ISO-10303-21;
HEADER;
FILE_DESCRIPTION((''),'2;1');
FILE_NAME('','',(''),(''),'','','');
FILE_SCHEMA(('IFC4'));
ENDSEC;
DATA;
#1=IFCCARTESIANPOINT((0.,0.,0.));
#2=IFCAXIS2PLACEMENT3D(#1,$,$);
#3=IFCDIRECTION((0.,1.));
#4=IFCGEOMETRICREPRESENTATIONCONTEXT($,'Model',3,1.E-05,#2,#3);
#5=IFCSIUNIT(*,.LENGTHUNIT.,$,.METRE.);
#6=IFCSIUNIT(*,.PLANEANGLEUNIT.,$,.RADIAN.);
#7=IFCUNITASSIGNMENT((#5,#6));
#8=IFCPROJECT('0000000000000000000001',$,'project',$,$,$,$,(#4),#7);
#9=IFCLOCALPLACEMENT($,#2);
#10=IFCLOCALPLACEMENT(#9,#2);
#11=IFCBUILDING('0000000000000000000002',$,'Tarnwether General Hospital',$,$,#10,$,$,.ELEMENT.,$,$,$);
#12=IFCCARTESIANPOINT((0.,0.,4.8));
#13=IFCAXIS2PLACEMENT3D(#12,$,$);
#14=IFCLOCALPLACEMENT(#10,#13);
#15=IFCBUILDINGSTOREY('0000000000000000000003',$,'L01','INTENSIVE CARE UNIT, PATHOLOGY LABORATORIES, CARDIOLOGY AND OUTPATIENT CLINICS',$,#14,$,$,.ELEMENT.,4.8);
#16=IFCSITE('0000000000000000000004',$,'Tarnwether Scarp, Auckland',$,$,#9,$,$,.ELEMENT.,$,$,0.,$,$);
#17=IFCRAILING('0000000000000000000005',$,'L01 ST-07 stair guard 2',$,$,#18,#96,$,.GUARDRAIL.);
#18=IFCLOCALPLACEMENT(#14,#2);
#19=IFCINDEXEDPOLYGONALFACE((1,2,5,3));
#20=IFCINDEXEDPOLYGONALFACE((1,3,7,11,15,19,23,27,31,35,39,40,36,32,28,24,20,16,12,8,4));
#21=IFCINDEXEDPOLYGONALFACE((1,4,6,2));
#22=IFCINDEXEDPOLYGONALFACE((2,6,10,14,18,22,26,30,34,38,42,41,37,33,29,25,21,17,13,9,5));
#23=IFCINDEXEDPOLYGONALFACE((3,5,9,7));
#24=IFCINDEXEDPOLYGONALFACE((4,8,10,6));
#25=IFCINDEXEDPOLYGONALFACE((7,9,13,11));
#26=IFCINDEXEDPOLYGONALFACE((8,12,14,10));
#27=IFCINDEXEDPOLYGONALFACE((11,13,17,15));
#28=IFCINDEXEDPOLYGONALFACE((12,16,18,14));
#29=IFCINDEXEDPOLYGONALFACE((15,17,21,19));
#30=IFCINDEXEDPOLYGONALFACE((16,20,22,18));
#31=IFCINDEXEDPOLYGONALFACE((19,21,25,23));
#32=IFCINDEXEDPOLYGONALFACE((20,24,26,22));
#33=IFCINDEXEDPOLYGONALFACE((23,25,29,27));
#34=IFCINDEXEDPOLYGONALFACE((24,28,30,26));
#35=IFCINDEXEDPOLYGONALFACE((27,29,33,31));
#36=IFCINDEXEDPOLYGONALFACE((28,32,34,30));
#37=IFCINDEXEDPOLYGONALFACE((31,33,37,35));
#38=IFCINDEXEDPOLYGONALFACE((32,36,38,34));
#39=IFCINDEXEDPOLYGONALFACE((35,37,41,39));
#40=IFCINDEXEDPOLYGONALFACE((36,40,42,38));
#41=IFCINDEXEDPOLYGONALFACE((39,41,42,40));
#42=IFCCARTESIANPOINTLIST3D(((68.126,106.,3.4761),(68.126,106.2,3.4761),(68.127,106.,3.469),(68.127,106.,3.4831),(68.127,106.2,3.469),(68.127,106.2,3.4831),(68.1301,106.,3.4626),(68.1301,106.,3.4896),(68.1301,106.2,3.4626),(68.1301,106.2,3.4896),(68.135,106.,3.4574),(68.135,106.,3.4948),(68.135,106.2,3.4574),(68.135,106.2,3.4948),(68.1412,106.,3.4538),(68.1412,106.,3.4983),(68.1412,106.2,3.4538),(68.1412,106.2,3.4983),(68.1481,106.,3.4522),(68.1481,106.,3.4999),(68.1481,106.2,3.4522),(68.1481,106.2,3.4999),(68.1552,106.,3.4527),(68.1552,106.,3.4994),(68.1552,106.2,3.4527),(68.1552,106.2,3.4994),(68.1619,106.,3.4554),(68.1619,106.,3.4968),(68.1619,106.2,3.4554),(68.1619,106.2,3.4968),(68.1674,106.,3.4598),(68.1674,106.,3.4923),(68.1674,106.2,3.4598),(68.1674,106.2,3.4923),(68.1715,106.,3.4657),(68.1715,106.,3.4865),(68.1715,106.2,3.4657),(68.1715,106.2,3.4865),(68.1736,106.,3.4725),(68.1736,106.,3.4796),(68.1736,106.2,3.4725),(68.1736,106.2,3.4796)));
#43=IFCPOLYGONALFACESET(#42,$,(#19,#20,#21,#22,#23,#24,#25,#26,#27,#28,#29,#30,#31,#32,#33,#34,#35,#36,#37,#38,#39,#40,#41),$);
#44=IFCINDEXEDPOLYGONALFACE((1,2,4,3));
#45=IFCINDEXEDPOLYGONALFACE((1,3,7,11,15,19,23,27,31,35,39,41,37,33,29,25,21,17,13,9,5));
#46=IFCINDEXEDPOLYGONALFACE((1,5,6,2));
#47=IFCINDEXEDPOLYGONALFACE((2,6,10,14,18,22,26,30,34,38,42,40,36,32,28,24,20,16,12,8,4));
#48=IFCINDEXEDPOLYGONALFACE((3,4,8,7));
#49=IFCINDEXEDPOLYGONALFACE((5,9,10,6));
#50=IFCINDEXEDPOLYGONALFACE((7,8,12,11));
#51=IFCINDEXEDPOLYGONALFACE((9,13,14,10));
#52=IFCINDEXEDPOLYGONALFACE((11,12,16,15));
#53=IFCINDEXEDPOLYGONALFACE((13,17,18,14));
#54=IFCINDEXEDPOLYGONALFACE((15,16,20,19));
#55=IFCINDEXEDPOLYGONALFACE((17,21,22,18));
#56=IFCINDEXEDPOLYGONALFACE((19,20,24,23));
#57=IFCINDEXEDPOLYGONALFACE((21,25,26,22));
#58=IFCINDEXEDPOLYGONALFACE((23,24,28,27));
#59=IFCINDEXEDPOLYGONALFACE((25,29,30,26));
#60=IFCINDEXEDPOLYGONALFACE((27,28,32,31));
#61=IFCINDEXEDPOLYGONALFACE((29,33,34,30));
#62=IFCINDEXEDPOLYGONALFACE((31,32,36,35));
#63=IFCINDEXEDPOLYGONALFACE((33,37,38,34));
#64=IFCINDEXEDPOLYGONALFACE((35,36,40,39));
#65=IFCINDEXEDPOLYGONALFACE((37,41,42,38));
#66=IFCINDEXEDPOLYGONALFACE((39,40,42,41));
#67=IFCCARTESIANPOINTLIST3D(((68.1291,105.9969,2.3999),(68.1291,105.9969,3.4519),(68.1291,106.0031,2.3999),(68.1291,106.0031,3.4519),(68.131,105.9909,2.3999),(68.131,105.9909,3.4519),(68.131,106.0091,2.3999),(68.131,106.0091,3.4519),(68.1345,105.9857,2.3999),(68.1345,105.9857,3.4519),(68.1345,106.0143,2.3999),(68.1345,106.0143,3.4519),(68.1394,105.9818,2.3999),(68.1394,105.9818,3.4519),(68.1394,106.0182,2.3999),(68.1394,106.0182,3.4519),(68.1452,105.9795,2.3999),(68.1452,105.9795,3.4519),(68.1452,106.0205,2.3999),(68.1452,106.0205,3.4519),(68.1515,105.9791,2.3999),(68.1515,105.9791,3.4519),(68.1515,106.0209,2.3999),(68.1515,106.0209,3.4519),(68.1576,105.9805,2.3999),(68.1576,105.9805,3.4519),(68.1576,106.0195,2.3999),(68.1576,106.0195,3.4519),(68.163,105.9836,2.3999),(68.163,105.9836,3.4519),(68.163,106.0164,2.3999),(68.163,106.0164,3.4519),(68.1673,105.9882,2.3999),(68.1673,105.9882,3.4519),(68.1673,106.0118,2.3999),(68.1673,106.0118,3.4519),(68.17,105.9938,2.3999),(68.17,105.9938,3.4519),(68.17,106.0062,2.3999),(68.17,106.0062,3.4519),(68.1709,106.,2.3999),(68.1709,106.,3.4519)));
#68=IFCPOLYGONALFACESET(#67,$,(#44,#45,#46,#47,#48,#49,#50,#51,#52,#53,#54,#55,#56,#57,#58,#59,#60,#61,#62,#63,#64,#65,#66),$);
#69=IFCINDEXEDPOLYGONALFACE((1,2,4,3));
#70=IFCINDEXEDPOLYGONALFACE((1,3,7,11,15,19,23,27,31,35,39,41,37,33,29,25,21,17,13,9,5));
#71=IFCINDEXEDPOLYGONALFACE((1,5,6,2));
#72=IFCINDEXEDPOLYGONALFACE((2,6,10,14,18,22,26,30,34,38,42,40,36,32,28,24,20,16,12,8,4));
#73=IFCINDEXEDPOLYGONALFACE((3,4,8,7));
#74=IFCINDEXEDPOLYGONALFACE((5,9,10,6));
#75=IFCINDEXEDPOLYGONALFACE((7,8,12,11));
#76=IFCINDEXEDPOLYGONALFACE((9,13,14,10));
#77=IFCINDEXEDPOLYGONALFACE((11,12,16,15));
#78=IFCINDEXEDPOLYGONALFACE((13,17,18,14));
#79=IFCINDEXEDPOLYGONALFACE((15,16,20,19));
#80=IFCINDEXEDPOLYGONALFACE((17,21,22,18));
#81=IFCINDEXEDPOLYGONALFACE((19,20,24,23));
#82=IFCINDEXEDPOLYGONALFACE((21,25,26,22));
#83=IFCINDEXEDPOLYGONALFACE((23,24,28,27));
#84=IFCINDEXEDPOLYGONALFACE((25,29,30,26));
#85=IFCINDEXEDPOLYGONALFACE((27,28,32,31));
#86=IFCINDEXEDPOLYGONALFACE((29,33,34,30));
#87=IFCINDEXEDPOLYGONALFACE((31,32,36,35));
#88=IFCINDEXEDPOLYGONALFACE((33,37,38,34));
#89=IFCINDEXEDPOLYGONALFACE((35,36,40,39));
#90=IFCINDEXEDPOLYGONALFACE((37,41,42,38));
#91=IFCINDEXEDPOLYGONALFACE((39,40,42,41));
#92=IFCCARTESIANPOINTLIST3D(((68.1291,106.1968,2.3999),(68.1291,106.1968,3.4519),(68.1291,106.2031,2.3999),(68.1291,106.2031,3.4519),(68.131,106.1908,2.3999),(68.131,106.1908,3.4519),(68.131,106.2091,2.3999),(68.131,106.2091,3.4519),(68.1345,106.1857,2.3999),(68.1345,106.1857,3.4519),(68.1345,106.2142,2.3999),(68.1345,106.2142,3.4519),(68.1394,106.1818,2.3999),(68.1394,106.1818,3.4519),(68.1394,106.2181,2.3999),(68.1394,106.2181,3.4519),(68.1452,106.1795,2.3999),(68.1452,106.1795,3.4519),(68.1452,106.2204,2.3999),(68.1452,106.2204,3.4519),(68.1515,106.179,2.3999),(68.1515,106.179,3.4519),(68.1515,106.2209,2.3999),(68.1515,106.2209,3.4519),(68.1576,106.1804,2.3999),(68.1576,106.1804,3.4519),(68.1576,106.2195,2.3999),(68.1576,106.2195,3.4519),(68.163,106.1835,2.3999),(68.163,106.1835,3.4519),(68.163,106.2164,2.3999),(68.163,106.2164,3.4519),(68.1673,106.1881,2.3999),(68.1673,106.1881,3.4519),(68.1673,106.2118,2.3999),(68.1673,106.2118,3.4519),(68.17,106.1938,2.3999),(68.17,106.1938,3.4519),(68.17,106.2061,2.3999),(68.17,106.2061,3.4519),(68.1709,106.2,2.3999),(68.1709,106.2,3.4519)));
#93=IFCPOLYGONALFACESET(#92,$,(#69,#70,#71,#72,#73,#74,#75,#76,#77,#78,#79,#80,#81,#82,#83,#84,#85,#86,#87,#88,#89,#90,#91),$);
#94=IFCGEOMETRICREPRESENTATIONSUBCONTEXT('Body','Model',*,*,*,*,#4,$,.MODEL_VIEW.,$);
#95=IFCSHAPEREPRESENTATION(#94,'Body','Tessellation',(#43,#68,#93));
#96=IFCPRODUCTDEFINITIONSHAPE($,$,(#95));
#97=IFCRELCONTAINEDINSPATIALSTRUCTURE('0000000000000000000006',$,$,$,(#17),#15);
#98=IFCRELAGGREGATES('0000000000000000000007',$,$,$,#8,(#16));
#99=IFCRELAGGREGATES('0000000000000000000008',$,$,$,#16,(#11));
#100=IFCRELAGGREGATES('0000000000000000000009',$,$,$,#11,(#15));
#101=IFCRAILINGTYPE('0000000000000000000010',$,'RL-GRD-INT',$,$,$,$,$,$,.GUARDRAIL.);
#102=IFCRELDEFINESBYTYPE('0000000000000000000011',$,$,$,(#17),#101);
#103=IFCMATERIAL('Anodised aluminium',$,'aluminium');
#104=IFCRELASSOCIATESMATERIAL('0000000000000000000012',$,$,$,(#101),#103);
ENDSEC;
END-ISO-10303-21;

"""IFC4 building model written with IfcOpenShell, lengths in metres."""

from ifc_helpers import new_model, si_unit, direction, frame, origin, origin_2d, place, context, subcontext, project, spatial, circle, extrude, material, type_object, element, save


model = new_model("IFC4")

# Units and contexts
model_context = context("Model", 3, precision=1e-05, world=origin(), true_north=direction((0.0, 1.0)))
body_context = subcontext(model_context, "Body", "Model", "MODEL_VIEW")
ifc_project = project(units=[si_unit("LENGTHUNIT", "METRE"), si_unit("PLANEANGLEUNIT", "RADIAN")], contexts=[model_context])

# Site, building, storey
site_placement = place(None, origin())
site = spatial("IfcSite", under=ifc_project, at=site_placement, Name="Tarnwether Scarp, Auckland", CompositionType="ELEMENT", RefElevation=0.0)
building_placement = place(site_placement, origin())
building = spatial("IfcBuilding", under=site, at=building_placement, Name="Tarnwether General Hospital", CompositionType="ELEMENT")
storey_placement = place(building_placement, frame((0.0, 0.0, 4.8)))
storey = spatial("IfcBuildingStorey", under=building, at=storey_placement, Name="L01", Description="INTENSIVE CARE UNIT, PATHOLOGY LABORATORIES, CARDIOLOGY AND OUTPATIENT CLINICS", CompositionType="ELEMENT", Elevation=4.8)

# Railing
ifc_material_1 = material(Name="Anodised aluminium", Category="aluminium")
railing_type_1 = type_object("IfcRailingType", Name="RL-GRD-INT", PredefinedType="GUARDRAIL", material=ifc_material_1)
railing_1_placement = place(storey_placement, frame((68.1499, 106.0, 2.3999)))
element("IfcRailing", 1, at=railing_1_placement, inside=storey, type_object=railing_type_1, Name="L01 ST-07 stair guard 2", PredefinedType="GUARDRAIL", context=body_context, shape_type="SweptSolid", body=[
    extrude(circle(Radius=0.0239, at=origin_2d()), frame((0.0, 0.0, 1.0762), z_axis=(0.0, 1.0, 0.0), x_axis=(-1.0, 0.0, 0.0)), (0.0, 0.0, 1.0), 0.2),
    extrude(circle(Radius=0.021, at=origin_2d()), origin(), (0.0, 0.0, 1.0), 1.052),
    extrude(circle(Radius=0.021, at=origin_2d()), frame((0.0, 0.2, 0.0)), (0.0, 0.0, 1.0), 1.052),
])

save(model, "model.ifc")
